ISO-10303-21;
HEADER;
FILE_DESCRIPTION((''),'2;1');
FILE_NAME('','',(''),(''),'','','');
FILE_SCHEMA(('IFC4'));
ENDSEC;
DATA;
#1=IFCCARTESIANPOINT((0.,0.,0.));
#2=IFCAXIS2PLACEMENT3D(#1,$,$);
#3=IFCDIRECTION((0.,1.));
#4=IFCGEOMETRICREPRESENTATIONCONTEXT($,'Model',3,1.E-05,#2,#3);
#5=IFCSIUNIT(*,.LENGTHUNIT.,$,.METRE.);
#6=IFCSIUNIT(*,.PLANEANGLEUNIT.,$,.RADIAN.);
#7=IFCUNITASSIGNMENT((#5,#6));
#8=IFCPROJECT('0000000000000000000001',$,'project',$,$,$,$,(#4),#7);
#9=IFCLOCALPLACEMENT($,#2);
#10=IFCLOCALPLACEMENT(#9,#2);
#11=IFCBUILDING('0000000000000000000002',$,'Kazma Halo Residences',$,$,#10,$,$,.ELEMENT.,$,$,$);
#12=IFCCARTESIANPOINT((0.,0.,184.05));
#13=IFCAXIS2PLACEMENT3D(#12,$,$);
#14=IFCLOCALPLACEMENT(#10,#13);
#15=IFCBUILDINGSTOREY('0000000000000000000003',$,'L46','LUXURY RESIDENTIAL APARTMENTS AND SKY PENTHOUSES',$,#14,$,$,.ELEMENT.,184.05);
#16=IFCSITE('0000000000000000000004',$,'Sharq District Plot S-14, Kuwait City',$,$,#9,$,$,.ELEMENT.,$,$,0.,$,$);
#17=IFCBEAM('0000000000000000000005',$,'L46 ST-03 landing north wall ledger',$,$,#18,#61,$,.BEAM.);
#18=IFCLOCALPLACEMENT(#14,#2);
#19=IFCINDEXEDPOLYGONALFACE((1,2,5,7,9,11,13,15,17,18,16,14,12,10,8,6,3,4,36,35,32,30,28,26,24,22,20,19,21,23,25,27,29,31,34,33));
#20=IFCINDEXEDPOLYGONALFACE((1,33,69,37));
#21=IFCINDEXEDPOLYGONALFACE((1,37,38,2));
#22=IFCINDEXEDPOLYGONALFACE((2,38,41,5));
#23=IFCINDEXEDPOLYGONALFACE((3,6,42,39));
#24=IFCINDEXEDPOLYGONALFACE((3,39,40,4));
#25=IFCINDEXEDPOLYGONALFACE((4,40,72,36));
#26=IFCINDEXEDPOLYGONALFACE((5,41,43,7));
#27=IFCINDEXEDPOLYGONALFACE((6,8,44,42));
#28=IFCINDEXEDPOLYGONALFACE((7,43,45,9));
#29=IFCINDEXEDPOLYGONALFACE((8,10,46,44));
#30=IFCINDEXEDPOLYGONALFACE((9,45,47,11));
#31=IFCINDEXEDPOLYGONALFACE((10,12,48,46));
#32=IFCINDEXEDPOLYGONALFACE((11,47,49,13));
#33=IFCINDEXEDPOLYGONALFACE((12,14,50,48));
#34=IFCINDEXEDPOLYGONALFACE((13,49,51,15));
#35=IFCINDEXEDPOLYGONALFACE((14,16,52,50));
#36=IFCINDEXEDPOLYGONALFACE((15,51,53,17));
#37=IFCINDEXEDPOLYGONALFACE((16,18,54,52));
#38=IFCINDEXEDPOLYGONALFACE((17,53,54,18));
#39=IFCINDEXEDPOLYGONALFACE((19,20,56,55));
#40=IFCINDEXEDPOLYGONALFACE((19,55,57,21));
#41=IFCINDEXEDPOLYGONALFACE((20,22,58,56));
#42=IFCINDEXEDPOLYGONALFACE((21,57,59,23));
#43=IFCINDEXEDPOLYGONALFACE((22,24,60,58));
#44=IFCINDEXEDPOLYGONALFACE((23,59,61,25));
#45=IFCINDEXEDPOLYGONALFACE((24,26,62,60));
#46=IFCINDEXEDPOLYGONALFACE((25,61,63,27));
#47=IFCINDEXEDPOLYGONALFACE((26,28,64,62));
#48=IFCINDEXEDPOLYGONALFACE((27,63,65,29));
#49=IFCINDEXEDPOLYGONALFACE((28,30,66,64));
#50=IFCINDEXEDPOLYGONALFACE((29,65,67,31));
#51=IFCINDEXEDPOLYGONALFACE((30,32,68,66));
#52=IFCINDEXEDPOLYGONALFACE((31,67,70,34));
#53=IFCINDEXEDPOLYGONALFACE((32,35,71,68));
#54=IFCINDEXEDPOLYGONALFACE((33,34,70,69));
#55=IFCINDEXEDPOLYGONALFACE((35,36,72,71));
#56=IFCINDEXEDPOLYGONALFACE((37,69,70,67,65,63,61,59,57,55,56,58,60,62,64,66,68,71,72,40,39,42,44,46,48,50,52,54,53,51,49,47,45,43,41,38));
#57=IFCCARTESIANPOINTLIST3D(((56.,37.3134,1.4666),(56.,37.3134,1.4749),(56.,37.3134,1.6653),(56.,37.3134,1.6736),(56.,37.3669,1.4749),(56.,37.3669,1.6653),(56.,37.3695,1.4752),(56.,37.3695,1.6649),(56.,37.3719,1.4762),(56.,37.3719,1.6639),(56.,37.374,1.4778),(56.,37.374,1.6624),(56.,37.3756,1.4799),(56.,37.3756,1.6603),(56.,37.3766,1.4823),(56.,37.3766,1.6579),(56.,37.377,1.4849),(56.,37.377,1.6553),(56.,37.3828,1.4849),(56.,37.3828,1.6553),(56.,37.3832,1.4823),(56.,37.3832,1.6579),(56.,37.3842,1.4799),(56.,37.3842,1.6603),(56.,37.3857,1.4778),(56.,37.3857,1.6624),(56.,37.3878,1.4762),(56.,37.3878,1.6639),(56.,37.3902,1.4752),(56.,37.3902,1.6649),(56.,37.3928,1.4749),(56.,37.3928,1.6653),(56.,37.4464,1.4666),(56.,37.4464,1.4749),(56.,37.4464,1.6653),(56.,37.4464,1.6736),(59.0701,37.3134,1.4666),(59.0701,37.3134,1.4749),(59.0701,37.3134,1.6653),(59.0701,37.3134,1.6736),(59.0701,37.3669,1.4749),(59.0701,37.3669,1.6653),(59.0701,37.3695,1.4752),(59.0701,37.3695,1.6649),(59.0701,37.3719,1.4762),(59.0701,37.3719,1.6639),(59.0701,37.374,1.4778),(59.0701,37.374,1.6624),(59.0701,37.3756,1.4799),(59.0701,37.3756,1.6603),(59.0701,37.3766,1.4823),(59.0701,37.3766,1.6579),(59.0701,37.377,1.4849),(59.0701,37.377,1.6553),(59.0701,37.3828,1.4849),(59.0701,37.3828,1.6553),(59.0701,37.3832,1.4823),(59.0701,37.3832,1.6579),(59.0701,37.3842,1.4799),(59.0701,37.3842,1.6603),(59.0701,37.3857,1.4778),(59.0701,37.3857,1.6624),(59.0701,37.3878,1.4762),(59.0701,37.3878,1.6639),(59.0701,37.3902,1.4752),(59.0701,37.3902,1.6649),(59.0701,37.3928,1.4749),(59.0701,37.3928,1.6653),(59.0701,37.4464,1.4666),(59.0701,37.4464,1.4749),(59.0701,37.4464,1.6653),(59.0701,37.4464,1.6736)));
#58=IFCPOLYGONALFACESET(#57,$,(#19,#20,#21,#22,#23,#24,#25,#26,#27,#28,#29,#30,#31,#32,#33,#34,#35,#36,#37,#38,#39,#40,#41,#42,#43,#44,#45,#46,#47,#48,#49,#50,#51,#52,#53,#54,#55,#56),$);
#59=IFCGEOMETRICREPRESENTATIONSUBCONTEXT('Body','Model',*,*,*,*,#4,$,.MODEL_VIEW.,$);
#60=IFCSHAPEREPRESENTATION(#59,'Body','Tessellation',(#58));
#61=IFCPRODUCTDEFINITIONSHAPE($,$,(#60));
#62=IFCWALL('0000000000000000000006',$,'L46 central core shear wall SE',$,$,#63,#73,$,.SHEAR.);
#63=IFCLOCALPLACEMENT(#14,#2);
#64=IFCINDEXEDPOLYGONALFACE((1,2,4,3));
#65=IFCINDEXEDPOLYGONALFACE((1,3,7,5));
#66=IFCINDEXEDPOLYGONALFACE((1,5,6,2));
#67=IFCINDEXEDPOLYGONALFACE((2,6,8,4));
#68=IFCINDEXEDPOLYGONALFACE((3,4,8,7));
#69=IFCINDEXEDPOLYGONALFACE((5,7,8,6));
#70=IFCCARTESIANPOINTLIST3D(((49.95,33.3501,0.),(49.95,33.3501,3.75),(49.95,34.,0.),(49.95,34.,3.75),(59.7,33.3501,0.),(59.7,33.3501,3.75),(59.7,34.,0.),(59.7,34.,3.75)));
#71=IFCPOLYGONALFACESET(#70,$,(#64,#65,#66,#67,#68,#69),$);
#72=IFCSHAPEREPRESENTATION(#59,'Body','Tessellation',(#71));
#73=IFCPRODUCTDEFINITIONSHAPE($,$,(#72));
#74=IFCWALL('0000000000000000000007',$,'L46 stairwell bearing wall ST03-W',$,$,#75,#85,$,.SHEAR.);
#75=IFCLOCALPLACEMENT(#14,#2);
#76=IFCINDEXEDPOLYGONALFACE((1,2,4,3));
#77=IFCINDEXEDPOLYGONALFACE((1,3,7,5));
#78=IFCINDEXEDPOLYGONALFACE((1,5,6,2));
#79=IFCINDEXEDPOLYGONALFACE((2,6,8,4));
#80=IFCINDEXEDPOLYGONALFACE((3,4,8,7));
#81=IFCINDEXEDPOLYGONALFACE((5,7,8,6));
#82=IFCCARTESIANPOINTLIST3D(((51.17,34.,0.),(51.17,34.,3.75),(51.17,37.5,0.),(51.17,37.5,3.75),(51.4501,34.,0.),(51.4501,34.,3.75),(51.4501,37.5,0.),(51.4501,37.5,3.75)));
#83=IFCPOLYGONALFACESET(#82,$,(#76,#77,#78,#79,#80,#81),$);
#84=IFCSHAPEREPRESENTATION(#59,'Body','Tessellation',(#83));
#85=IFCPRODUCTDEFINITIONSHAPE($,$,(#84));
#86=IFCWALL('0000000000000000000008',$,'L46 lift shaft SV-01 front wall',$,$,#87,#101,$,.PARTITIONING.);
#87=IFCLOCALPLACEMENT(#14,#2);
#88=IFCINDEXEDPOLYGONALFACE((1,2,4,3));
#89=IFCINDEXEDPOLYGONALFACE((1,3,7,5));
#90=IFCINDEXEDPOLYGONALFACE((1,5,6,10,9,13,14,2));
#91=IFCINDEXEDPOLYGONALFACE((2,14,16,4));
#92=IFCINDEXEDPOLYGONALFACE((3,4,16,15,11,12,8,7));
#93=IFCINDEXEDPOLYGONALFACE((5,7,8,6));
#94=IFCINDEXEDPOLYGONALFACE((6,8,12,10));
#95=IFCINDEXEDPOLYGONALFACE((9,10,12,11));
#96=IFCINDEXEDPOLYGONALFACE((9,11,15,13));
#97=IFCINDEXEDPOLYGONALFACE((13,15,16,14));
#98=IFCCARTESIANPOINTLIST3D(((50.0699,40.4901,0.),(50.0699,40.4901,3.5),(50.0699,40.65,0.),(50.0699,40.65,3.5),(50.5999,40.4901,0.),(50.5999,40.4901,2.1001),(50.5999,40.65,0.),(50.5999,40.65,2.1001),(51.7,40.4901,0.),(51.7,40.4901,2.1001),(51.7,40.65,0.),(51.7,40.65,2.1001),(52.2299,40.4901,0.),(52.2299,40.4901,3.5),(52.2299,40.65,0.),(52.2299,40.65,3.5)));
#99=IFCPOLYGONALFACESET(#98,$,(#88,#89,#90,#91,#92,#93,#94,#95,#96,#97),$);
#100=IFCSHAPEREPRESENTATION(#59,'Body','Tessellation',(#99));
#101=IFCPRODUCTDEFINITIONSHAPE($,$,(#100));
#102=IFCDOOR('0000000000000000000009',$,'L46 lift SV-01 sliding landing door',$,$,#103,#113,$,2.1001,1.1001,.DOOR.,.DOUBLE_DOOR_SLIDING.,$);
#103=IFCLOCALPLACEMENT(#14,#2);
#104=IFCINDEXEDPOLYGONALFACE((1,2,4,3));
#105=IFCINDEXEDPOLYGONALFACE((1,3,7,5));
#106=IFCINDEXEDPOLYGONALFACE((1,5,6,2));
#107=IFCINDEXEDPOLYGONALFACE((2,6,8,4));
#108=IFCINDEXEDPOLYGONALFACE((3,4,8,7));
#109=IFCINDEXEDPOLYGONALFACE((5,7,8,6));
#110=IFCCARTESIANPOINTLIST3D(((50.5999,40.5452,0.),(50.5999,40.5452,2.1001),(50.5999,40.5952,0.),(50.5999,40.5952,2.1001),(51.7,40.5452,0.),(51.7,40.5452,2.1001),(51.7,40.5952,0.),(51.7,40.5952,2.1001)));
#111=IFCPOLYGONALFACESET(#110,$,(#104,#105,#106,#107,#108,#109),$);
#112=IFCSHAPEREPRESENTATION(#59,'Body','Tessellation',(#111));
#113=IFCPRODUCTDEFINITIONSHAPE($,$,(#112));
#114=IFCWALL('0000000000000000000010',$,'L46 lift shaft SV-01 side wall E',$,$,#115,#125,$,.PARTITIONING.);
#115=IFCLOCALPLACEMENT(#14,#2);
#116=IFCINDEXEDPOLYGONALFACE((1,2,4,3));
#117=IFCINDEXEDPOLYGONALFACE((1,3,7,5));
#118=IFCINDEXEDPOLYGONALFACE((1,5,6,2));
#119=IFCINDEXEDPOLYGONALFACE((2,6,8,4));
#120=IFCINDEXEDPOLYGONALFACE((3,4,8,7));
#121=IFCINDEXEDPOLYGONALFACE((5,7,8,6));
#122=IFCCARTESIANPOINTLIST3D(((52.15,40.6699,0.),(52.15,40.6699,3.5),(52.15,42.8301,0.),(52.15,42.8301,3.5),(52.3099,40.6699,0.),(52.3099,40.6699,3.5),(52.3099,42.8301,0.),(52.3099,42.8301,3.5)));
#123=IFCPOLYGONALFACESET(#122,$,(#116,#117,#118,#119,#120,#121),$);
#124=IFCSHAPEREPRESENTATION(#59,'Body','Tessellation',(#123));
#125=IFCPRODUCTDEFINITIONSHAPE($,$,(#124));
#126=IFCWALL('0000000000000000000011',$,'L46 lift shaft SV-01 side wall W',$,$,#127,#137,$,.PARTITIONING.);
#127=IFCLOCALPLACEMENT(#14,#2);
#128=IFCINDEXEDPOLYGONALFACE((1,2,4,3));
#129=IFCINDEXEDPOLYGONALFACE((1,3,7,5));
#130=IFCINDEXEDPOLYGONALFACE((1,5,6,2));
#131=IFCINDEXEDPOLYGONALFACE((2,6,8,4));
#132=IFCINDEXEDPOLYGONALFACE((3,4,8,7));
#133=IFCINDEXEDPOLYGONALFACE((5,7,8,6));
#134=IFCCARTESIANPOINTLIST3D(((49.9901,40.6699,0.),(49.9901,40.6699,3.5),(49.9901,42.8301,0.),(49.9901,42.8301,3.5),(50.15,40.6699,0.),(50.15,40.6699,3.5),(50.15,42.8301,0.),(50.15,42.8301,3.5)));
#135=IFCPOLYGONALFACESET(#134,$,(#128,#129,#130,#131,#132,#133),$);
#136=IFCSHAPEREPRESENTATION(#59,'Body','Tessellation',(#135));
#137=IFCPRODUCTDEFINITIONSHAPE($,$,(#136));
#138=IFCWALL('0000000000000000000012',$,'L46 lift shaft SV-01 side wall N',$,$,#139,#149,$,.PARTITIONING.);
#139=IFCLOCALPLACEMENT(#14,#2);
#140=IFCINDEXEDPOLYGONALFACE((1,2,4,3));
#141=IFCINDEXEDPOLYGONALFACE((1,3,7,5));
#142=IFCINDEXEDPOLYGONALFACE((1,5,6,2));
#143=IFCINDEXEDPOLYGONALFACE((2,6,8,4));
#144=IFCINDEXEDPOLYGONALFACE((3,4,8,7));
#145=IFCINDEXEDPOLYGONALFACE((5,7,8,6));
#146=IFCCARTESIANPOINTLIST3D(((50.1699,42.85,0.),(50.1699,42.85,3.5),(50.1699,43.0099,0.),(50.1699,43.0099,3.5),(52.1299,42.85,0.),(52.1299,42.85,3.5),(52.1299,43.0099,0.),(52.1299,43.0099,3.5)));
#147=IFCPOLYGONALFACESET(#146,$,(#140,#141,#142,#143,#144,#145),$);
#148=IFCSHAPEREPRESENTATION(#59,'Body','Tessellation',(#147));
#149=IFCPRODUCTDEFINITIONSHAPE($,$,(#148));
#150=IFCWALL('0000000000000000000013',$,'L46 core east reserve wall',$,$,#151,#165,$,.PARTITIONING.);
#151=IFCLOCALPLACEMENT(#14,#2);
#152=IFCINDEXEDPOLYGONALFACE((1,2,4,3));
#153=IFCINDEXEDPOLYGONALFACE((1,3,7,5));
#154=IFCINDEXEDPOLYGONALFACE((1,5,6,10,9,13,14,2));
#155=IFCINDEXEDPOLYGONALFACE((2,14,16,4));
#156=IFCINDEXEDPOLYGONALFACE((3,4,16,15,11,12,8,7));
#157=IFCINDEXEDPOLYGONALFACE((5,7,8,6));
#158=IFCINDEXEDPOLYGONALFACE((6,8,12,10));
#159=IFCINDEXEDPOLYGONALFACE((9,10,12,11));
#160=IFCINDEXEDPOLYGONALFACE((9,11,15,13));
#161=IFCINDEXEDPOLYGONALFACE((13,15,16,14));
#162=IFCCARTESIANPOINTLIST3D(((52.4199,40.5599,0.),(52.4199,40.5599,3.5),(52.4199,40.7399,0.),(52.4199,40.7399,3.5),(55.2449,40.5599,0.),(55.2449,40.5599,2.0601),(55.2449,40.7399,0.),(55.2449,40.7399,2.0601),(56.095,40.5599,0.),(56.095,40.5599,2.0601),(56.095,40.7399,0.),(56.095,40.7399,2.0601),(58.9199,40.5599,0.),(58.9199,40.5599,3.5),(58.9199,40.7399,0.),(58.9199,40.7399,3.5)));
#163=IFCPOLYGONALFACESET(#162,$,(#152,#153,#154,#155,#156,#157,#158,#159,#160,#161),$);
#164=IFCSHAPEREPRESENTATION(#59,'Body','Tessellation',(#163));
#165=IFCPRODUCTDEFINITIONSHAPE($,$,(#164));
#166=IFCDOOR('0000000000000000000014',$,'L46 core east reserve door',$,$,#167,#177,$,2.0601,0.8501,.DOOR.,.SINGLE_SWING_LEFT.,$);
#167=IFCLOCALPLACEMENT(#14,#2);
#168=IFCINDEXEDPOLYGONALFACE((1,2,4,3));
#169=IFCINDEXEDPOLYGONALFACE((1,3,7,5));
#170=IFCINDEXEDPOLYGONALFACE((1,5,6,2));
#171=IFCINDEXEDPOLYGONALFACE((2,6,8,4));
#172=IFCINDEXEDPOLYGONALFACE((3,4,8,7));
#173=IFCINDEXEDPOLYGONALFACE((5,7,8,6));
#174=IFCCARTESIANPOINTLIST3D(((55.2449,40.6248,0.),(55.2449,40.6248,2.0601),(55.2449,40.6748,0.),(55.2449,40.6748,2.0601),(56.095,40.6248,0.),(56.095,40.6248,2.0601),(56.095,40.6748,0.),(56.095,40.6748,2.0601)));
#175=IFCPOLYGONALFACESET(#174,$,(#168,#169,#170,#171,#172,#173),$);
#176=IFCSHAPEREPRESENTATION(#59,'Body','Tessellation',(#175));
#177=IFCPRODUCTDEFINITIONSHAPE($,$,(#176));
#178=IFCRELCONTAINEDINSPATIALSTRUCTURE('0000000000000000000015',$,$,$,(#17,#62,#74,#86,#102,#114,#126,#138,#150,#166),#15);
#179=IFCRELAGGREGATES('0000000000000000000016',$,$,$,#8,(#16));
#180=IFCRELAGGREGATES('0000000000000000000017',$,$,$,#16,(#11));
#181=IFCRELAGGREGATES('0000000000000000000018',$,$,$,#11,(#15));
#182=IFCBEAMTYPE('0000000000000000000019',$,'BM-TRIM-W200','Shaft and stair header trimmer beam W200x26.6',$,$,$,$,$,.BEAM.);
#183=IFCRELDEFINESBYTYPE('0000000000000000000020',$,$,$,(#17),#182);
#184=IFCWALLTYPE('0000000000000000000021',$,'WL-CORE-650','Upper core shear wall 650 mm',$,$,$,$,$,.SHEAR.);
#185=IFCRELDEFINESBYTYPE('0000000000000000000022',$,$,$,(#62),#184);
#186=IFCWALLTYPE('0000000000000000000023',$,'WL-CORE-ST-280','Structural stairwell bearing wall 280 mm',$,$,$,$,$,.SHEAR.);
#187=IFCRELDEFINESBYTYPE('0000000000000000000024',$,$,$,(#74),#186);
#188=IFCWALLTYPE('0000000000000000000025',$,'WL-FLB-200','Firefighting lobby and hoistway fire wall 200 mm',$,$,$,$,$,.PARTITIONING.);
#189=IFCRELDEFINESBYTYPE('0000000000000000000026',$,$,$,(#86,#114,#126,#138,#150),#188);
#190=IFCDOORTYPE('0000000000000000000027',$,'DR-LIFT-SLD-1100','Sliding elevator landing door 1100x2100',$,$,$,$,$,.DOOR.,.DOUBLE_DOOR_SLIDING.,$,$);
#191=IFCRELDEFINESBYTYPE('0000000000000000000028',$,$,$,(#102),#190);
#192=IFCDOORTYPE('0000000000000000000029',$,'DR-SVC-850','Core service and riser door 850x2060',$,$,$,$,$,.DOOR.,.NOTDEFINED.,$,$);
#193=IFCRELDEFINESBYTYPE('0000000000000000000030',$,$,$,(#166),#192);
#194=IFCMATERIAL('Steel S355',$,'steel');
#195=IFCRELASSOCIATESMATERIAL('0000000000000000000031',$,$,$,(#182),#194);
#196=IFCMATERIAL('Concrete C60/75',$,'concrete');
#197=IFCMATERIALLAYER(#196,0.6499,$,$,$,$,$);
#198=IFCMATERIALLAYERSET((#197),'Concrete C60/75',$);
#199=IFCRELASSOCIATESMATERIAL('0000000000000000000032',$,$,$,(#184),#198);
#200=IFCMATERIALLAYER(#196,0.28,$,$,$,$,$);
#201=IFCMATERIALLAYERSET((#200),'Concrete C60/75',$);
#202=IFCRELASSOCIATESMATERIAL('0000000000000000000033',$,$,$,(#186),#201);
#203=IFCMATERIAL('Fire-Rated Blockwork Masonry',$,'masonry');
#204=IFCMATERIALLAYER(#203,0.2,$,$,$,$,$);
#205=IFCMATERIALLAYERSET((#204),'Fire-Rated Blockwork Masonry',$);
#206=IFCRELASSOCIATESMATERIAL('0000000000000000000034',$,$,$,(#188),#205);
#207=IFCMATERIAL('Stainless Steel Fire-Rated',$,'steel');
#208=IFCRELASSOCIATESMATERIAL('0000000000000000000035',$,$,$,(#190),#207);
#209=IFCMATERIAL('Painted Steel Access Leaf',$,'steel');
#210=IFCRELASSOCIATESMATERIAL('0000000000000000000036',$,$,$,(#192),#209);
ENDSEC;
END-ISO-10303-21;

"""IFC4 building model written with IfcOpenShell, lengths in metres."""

from ifc_helpers import new_model, si_unit, direction, frame, frame_2d, origin, origin_2d, place, context, subcontext, project, spatial, rectangle, i_section, extrude, material, layer, layer_set, material_profile, profile_set, type_object, element, fill, save


model = new_model("IFC4")

# Units and contexts
model_context = context("Model", 3, precision=1e-05, world=origin(), true_north=direction((0.0, 1.0)))
body_context = subcontext(model_context, "Body", "Model", "MODEL_VIEW")
ifc_project = project(units=[si_unit("LENGTHUNIT", "METRE"), si_unit("PLANEANGLEUNIT", "RADIAN")], contexts=[model_context])

# Site, building, storey
site_placement = place(None, origin())
site = spatial("IfcSite", under=ifc_project, at=site_placement, Name="Sharq District Plot S-14, Kuwait City", CompositionType="ELEMENT", RefElevation=0.0)
building_placement = place(site_placement, origin())
building = spatial("IfcBuilding", under=site, at=building_placement, Name="Kazma Halo Residences", CompositionType="ELEMENT")
storey_placement = place(building_placement, frame((0.0, 0.0, 184.05)))
storey = spatial("IfcBuildingStorey", under=building, at=storey_placement, Name="L46", Description="LUXURY RESIDENTIAL APARTMENTS AND SKY PENTHOUSES", CompositionType="ELEMENT", Elevation=184.05)

# Shared definitions
ifc_material_1 = material(Name="Steel S355", Category="steel")

# Beam
ifc_material_profile_1 = material_profile(ifc_material_1, i_section(OverallWidth=0.1331, OverallDepth=0.207, WebThickness=0.0059, FlangeThickness=0.0083, FilletRadius=0.01, at=origin_2d()), Name="W200x26.6")
ifc_profile_set_1 = profile_set([ifc_material_profile_1], Name="Steel S355")
beam_type = type_object("IfcBeamType", Name="BM-TRIM-W200", Description="Shaft and stair header trimmer beam W200x26.6", PredefinedType="BEAM", material=ifc_profile_set_1)
beam_1_placement = place(storey_placement, frame((56.0, 37.3799, 1.5701), z_axis=(1.0, 0.0, 0.0), x_axis=(0.0, 1.0, 0.0)))
element("IfcBeam", 1, at=beam_1_placement, inside=storey, type_object=beam_type, Name="L46 ST-03 landing north wall ledger", PredefinedType="BEAM", context=body_context, shape_type="SweptSolid", body=[
    extrude(i_section(OverallWidth=0.1331, OverallDepth=0.207, WebThickness=0.0059, FlangeThickness=0.0083, FilletRadius=0.01, at=origin_2d()), origin(), (0.0, 0.0, 1.0), 3.0701),
])

# Walls
ifc_material_2 = material(Name="Concrete C60/75", Category="concrete")
ifc_layer_1 = layer(ifc_material_2, 0.6499)
ifc_layer_set_1 = layer_set([ifc_layer_1], Name="Concrete C60/75")
wall_type_1 = type_object("IfcWallType", Name="WL-CORE-650", Description="Upper core shear wall 650 mm", PredefinedType="SHEAR", material=ifc_layer_set_1)
wall_1_placement = place(storey_placement, frame((49.95, 33.675, 0.0), z_axis=(0.0, 0.0, 1.0), x_axis=(1.0, 0.0, 0.0)))
element("IfcWall", 2, at=wall_1_placement, inside=storey, type_object=wall_type_1, Name="L46 central core shear wall SE", PredefinedType="SHEAR", context=body_context, shape_type="SweptSolid", body=[
    extrude(rectangle(XDim=9.75, YDim=0.6499, at=frame_2d((4.875, 0.0))), origin(), (0.0, 0.0, 1.0), 3.75),
])
ifc_layer_2 = layer(ifc_material_2, 0.28)
ifc_layer_set_2 = layer_set([ifc_layer_2], Name="Concrete C60/75")
wall_type_2 = type_object("IfcWallType", Name="WL-CORE-ST-280", Description="Structural stairwell bearing wall 280 mm", PredefinedType="SHEAR", material=ifc_layer_set_2)
wall_2_placement = place(storey_placement, frame((51.3101, 34.0, 0.0), z_axis=(0.0, 0.0, 1.0), x_axis=(0.0, 1.0, 0.0)))
element("IfcWall", 3, at=wall_2_placement, inside=storey, type_object=wall_type_2, Name="L46 stairwell bearing wall ST03-W", PredefinedType="SHEAR", context=body_context, shape_type="SweptSolid", body=[
    extrude(rectangle(XDim=3.5, YDim=0.28, at=frame_2d((1.75, 0.0))), origin(), (0.0, 0.0, 1.0), 3.75),
])

# Wall, opening, door
ifc_material_3 = material(Name="Fire-Rated Blockwork Masonry", Category="masonry")
ifc_layer_3 = layer(ifc_material_3, 0.2)
ifc_layer_set_3 = layer_set([ifc_layer_3], Name="Fire-Rated Blockwork Masonry")
wall_type_3 = type_object("IfcWallType", Name="WL-FLB-200", Description="Firefighting lobby and hoistway fire wall 200 mm", PredefinedType="PARTITIONING", material=ifc_layer_set_3)
wall_3_placement = place(storey_placement, frame((52.23, 40.5701, 0.0), z_axis=(0.0, 0.0, 1.0), x_axis=(-1.0, 0.0, 0.0)))
wall_3 = element("IfcWall", 4, at=wall_3_placement, inside=storey, type_object=wall_type_3, Name="L46 lift shaft SV-01 front wall", PredefinedType="PARTITIONING", context=body_context, shape_type="SweptSolid", body=[
    extrude(rectangle(XDim=2.1599, YDim=0.1599, at=frame_2d((1.0801, 0.0))), origin(), (0.0, 0.0, 1.0), 3.5),
])
opening_1_placement = place(wall_3_placement, frame((0.53, 0.0, 0.0)))
opening_1 = element("IfcOpeningElement", 5, at=opening_1_placement, cuts=wall_3, PredefinedType="OPENING", context=body_context, shape_type="SweptSolid", body=[
    extrude(rectangle(XDim=1.1001, YDim=2.1001, at=frame_2d((0.55, 1.05))), frame((0.0, 0.0898, 0.0), z_axis=(0.0, -1.0, 0.0), x_axis=(1.0, 0.0, 0.0)), (0.0, 0.0, 1.0), 0.1799),
])
ifc_material_4 = material(Name="Stainless Steel Fire-Rated", Category="steel")
door_type_1 = type_object("IfcDoorType", Name="DR-LIFT-SLD-1100", Description="Sliding elevator landing door 1100x2100", OperationType="DOUBLE_DOOR_SLIDING", PredefinedType="DOOR", material=ifc_material_4)
door_1_placement = place(opening_1_placement, origin())
door_1 = element("IfcDoor", 6, at=door_1_placement, inside=storey, type_object=door_type_1, Name="L46 lift SV-01 sliding landing door", OperationType="DOUBLE_DOOR_SLIDING", OverallHeight=2.1001, OverallWidth=1.1001, PredefinedType="DOOR", context=body_context, shape_type="SweptSolid", body=[
    extrude(rectangle(XDim=1.1001, YDim=2.1001, at=frame_2d((0.55, 1.05))), frame((0.0, 0.0249, 0.0), z_axis=(0.0, -1.0, 0.0), x_axis=(1.0, 0.0, 0.0)), (0.0, 0.0, 1.0), 0.05),
])
fill(opening_1, door_1)

# Walls
for number, where, z_axis, x_axis, name in (
    (7, (52.23, 40.6699, 0.0), (0.0, 0.0, 1.0), (0.0, 1.0, 0.0), "L46 lift shaft SV-01 side wall E"),
    (8, (50.0701, 40.6699, 0.0), (0.0, 0.0, 1.0), (0.0, 1.0, 0.0), "L46 lift shaft SV-01 side wall W"),
):
    element("IfcWall", number, at=place(storey_placement, frame(where, z_axis=z_axis, x_axis=x_axis)), inside=storey, type_object=wall_type_3, Name=name, PredefinedType="PARTITIONING", context=body_context, shape_type="SweptSolid", body=[
        extrude(rectangle(XDim=2.1602, YDim=0.1599, at=frame_2d((1.0801, 0.0))), origin(), (0.0, 0.0, 1.0), 3.5),
    ])
wall_4_placement = place(storey_placement, frame((50.1699, 42.9299, 0.0), z_axis=(0.0, 0.0, 1.0), x_axis=(1.0, 0.0, 0.0)))
element("IfcWall", 9, at=wall_4_placement, inside=storey, type_object=wall_type_3, Name="L46 lift shaft SV-01 side wall N", PredefinedType="PARTITIONING", context=body_context, shape_type="SweptSolid", body=[
    extrude(rectangle(XDim=1.96, YDim=0.1599, at=frame_2d((0.98, 0.0))), origin(), (0.0, 0.0, 1.0), 3.5),
])

# Wall, opening, door
wall_5_placement = place(storey_placement, frame((52.4199, 40.6499, 0.0), z_axis=(0.0, 0.0, 1.0), x_axis=(1.0, 0.0, 0.0)))
wall_5 = element("IfcWall", 10, at=wall_5_placement, inside=storey, type_object=wall_type_3, Name="L46 core east reserve wall", PredefinedType="PARTITIONING", context=body_context, shape_type="SweptSolid", body=[
    extrude(rectangle(XDim=6.5, YDim=0.1799, at=frame_2d((3.25, 0.0))), origin(), (0.0, 0.0, 1.0), 3.5),
])
opening_2_placement = place(wall_5_placement, frame((2.825, 0.0, 0.0)))
opening_2 = element("IfcOpeningElement", 11, at=opening_2_placement, cuts=wall_5, PredefinedType="OPENING", context=body_context, shape_type="SweptSolid", body=[
    extrude(rectangle(XDim=0.8501, YDim=2.0601, at=frame_2d((0.425, 1.03))), frame((0.0, 0.0999, 0.0), z_axis=(0.0, -1.0, 0.0), x_axis=(1.0, 0.0, 0.0)), (0.0, 0.0, 1.0), 0.2),
])
ifc_material_5 = material(Name="Painted Steel Access Leaf", Category="steel")
door_type_2 = type_object("IfcDoorType", Name="DR-SVC-850", Description="Core service and riser door 850x2060", OperationType="NOTDEFINED", PredefinedType="DOOR", material=ifc_material_5)
door_2_placement = place(opening_2_placement, origin())
door_2 = element("IfcDoor", 12, at=door_2_placement, inside=storey, type_object=door_type_2, Name="L46 core east reserve door", OperationType="SINGLE_SWING_LEFT", OverallHeight=2.0601, OverallWidth=0.8501, PredefinedType="DOOR", context=body_context, shape_type="SweptSolid", body=[
    extrude(rectangle(XDim=0.8501, YDim=2.0601, at=frame_2d((0.425, 1.03))), frame((0.0, 0.0249, 0.0), z_axis=(0.0, -1.0, 0.0), x_axis=(1.0, 0.0, 0.0)), (0.0, 0.0, 1.0), 0.05),
])
fill(opening_2, door_2)

save(model, "model.ifc")
